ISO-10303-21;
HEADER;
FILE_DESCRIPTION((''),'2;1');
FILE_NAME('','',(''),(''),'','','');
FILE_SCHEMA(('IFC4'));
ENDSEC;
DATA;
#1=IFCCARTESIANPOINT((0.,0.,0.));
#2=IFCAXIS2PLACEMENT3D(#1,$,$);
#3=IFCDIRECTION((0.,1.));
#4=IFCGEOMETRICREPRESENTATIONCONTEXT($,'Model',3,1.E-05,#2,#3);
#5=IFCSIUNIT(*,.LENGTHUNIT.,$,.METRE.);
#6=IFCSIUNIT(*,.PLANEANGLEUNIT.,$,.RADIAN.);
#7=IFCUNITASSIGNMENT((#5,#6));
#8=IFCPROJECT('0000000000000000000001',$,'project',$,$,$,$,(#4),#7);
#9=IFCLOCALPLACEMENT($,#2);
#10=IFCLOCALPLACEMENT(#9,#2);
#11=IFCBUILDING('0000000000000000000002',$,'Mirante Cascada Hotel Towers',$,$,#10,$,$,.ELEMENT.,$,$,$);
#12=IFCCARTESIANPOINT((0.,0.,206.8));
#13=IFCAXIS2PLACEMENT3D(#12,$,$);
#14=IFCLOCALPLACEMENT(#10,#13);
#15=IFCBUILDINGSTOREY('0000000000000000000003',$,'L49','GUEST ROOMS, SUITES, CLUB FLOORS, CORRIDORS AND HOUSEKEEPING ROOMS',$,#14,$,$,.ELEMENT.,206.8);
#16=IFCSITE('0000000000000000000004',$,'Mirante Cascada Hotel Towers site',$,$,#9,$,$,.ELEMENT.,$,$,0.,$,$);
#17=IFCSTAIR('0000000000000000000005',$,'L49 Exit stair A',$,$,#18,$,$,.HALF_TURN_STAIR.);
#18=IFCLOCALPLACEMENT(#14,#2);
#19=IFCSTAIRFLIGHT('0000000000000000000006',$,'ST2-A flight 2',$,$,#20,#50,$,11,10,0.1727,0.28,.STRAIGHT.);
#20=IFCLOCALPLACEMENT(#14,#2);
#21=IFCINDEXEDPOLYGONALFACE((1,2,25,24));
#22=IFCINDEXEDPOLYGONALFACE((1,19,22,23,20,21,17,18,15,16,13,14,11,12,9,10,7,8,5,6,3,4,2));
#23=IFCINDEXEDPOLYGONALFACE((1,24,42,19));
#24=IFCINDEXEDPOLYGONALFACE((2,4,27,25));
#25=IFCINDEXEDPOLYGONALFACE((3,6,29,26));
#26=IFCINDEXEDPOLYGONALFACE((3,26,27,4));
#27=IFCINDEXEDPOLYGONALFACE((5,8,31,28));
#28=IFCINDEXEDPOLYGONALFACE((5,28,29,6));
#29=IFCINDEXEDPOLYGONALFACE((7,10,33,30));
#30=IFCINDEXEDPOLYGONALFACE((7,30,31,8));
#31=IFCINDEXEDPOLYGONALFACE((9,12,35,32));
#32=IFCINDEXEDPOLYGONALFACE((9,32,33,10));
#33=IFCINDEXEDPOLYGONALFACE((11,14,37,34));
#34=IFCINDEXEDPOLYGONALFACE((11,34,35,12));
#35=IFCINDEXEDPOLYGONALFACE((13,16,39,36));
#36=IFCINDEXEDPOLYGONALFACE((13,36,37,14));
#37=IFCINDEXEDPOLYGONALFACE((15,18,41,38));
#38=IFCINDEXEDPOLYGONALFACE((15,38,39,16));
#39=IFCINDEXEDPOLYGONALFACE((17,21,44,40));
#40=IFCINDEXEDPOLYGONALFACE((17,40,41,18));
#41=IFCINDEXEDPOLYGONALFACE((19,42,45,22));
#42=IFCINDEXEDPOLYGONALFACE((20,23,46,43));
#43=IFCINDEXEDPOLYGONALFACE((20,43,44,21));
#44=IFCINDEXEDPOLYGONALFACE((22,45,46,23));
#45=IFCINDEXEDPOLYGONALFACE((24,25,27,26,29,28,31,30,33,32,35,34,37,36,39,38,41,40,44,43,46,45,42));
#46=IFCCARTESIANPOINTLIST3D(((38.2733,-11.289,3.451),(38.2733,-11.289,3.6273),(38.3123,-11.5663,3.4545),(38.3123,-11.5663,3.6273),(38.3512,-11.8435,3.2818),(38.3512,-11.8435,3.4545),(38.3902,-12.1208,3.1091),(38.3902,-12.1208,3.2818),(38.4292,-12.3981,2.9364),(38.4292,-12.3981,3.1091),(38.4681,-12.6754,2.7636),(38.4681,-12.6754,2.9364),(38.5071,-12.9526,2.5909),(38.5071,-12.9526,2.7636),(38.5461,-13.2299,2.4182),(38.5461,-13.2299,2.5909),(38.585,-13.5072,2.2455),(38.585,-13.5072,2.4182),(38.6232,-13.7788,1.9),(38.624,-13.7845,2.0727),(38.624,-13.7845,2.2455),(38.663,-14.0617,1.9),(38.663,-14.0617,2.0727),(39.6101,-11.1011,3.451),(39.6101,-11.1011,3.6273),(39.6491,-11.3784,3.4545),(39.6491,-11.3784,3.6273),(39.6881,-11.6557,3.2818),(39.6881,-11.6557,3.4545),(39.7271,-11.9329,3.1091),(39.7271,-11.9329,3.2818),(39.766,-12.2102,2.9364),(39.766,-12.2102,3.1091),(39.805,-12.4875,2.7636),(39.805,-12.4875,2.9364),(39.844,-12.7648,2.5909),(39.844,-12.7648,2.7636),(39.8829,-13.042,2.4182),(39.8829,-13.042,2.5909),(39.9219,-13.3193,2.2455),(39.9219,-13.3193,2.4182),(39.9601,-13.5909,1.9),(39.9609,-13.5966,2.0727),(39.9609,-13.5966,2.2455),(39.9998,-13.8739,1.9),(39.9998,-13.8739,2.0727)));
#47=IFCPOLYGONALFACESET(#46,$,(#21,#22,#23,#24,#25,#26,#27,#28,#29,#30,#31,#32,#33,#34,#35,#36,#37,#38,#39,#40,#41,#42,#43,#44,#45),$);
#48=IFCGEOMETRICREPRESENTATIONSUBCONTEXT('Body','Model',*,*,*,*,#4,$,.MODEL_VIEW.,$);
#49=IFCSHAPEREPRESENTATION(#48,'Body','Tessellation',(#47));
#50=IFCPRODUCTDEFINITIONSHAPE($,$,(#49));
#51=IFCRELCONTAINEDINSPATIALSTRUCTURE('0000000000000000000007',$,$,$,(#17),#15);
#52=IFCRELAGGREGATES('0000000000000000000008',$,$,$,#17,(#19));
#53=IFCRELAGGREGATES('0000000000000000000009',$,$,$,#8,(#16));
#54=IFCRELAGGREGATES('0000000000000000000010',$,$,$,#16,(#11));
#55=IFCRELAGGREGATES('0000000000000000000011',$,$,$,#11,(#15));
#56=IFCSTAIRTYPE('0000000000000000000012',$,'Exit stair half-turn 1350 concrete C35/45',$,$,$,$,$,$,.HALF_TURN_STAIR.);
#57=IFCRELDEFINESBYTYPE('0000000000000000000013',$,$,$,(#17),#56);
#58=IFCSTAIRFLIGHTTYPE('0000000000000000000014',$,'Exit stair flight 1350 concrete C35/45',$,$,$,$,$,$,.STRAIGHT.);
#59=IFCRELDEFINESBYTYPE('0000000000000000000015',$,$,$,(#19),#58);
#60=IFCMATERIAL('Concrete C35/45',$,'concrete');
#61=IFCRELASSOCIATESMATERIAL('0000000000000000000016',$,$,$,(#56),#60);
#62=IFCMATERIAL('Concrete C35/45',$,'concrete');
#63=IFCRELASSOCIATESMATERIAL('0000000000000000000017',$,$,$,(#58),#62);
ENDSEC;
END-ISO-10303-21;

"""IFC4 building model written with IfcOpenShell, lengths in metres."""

from ifc_helpers import new_model, si_unit, direction, frame, origin, place, context, subcontext, project, spatial, polyline, outline, extrude, material, type_object, element, aggregate, save


model = new_model("IFC4")

# Units and contexts
model_context = context("Model", 3, precision=1e-05, world=origin(), true_north=direction((0.0, 1.0)))
body_context = subcontext(model_context, "Body", "Model", "MODEL_VIEW")
ifc_project = project(units=[si_unit("LENGTHUNIT", "METRE"), si_unit("PLANEANGLEUNIT", "RADIAN")], contexts=[model_context])

# Site, building, storey
site_placement = place(None, origin())
site = spatial("IfcSite", under=ifc_project, at=site_placement, Name="Mirante Cascada Hotel Towers site", CompositionType="ELEMENT", RefElevation=0.0)
building_placement = place(site_placement, origin())
building = spatial("IfcBuilding", under=site, at=building_placement, Name="Mirante Cascada Hotel Towers", CompositionType="ELEMENT")
storey_placement = place(building_placement, frame((0.0, 0.0, 206.8)))
storey = spatial("IfcBuildingStorey", under=building, at=storey_placement, Name="L49", Description="GUEST ROOMS, SUITES, CLUB FLOORS, CORRIDORS AND HOUSEKEEPING ROOMS", CompositionType="ELEMENT", Elevation=206.8)

# Stair, stair flight
ifc_material_1 = material(Name="Concrete C35/45", Category="concrete")
stair_type = type_object("IfcStairType", Name="Exit stair half-turn 1350 concrete C35/45", PredefinedType="HALF_TURN_STAIR", material=ifc_material_1)
stair_placement = place(storey_placement, origin())
stair = element("IfcStair", 1, at=stair_placement, inside=storey, type_object=stair_type, Name="L49 Exit stair A", PredefinedType="HALF_TURN_STAIR")
ifc_material_2 = material(Name="Concrete C35/45", Category="concrete")
stair_flight_type = type_object("IfcStairFlightType", Name="Exit stair flight 1350 concrete C35/45", PredefinedType="STRAIGHT", material=ifc_material_2)
stair_flight_placement = place(storey_placement, frame((39.3314, -13.9678, 1.9), z_axis=(0.0, 0.0, 1.0), x_axis=(-0.139173, 0.990268, 0.0)))
stair_flight = element("IfcStairFlight", 2, at=stair_flight_placement, type_object=stair_flight_type, Name="ST2-A flight 2", NumberOfRisers=11, NumberOfTreads=10, PredefinedType="STRAIGHT", RiserHeight=0.1727, TreadLength=0.28, context=body_context, shape_type="SweptSolid", body=[
    extrude(outline(polyline([(0.0, 0.0), (0.0, 0.1727), (0.28, 0.1727), (0.28, 0.3455), (0.56, 0.3455), (0.56, 0.5182), (0.84, 0.5182), (0.84, 0.6909), (1.12, 0.6909), (1.12, 0.8636), (1.4, 0.8636), (1.4, 1.0364), (1.68, 1.0364), (1.68, 1.2091), (1.96, 1.2091), (1.96, 1.3818), (2.24, 1.3818), (2.24, 1.5545), (2.52, 1.5545), (2.52, 1.7273), (2.8, 1.7273), (2.8, 1.9), (2.8, 1.551), (0.2857, 0.0), (0.0, 0.0)])), frame((0.0, 0.675, 0.0), z_axis=(0.0, -1.0, 0.0), x_axis=(1.0, 0.0, 0.0)), (0.0, 0.0, 1.0), 1.35),
])
aggregate(stair, [stair_flight])

save(model, "model.ifc")
